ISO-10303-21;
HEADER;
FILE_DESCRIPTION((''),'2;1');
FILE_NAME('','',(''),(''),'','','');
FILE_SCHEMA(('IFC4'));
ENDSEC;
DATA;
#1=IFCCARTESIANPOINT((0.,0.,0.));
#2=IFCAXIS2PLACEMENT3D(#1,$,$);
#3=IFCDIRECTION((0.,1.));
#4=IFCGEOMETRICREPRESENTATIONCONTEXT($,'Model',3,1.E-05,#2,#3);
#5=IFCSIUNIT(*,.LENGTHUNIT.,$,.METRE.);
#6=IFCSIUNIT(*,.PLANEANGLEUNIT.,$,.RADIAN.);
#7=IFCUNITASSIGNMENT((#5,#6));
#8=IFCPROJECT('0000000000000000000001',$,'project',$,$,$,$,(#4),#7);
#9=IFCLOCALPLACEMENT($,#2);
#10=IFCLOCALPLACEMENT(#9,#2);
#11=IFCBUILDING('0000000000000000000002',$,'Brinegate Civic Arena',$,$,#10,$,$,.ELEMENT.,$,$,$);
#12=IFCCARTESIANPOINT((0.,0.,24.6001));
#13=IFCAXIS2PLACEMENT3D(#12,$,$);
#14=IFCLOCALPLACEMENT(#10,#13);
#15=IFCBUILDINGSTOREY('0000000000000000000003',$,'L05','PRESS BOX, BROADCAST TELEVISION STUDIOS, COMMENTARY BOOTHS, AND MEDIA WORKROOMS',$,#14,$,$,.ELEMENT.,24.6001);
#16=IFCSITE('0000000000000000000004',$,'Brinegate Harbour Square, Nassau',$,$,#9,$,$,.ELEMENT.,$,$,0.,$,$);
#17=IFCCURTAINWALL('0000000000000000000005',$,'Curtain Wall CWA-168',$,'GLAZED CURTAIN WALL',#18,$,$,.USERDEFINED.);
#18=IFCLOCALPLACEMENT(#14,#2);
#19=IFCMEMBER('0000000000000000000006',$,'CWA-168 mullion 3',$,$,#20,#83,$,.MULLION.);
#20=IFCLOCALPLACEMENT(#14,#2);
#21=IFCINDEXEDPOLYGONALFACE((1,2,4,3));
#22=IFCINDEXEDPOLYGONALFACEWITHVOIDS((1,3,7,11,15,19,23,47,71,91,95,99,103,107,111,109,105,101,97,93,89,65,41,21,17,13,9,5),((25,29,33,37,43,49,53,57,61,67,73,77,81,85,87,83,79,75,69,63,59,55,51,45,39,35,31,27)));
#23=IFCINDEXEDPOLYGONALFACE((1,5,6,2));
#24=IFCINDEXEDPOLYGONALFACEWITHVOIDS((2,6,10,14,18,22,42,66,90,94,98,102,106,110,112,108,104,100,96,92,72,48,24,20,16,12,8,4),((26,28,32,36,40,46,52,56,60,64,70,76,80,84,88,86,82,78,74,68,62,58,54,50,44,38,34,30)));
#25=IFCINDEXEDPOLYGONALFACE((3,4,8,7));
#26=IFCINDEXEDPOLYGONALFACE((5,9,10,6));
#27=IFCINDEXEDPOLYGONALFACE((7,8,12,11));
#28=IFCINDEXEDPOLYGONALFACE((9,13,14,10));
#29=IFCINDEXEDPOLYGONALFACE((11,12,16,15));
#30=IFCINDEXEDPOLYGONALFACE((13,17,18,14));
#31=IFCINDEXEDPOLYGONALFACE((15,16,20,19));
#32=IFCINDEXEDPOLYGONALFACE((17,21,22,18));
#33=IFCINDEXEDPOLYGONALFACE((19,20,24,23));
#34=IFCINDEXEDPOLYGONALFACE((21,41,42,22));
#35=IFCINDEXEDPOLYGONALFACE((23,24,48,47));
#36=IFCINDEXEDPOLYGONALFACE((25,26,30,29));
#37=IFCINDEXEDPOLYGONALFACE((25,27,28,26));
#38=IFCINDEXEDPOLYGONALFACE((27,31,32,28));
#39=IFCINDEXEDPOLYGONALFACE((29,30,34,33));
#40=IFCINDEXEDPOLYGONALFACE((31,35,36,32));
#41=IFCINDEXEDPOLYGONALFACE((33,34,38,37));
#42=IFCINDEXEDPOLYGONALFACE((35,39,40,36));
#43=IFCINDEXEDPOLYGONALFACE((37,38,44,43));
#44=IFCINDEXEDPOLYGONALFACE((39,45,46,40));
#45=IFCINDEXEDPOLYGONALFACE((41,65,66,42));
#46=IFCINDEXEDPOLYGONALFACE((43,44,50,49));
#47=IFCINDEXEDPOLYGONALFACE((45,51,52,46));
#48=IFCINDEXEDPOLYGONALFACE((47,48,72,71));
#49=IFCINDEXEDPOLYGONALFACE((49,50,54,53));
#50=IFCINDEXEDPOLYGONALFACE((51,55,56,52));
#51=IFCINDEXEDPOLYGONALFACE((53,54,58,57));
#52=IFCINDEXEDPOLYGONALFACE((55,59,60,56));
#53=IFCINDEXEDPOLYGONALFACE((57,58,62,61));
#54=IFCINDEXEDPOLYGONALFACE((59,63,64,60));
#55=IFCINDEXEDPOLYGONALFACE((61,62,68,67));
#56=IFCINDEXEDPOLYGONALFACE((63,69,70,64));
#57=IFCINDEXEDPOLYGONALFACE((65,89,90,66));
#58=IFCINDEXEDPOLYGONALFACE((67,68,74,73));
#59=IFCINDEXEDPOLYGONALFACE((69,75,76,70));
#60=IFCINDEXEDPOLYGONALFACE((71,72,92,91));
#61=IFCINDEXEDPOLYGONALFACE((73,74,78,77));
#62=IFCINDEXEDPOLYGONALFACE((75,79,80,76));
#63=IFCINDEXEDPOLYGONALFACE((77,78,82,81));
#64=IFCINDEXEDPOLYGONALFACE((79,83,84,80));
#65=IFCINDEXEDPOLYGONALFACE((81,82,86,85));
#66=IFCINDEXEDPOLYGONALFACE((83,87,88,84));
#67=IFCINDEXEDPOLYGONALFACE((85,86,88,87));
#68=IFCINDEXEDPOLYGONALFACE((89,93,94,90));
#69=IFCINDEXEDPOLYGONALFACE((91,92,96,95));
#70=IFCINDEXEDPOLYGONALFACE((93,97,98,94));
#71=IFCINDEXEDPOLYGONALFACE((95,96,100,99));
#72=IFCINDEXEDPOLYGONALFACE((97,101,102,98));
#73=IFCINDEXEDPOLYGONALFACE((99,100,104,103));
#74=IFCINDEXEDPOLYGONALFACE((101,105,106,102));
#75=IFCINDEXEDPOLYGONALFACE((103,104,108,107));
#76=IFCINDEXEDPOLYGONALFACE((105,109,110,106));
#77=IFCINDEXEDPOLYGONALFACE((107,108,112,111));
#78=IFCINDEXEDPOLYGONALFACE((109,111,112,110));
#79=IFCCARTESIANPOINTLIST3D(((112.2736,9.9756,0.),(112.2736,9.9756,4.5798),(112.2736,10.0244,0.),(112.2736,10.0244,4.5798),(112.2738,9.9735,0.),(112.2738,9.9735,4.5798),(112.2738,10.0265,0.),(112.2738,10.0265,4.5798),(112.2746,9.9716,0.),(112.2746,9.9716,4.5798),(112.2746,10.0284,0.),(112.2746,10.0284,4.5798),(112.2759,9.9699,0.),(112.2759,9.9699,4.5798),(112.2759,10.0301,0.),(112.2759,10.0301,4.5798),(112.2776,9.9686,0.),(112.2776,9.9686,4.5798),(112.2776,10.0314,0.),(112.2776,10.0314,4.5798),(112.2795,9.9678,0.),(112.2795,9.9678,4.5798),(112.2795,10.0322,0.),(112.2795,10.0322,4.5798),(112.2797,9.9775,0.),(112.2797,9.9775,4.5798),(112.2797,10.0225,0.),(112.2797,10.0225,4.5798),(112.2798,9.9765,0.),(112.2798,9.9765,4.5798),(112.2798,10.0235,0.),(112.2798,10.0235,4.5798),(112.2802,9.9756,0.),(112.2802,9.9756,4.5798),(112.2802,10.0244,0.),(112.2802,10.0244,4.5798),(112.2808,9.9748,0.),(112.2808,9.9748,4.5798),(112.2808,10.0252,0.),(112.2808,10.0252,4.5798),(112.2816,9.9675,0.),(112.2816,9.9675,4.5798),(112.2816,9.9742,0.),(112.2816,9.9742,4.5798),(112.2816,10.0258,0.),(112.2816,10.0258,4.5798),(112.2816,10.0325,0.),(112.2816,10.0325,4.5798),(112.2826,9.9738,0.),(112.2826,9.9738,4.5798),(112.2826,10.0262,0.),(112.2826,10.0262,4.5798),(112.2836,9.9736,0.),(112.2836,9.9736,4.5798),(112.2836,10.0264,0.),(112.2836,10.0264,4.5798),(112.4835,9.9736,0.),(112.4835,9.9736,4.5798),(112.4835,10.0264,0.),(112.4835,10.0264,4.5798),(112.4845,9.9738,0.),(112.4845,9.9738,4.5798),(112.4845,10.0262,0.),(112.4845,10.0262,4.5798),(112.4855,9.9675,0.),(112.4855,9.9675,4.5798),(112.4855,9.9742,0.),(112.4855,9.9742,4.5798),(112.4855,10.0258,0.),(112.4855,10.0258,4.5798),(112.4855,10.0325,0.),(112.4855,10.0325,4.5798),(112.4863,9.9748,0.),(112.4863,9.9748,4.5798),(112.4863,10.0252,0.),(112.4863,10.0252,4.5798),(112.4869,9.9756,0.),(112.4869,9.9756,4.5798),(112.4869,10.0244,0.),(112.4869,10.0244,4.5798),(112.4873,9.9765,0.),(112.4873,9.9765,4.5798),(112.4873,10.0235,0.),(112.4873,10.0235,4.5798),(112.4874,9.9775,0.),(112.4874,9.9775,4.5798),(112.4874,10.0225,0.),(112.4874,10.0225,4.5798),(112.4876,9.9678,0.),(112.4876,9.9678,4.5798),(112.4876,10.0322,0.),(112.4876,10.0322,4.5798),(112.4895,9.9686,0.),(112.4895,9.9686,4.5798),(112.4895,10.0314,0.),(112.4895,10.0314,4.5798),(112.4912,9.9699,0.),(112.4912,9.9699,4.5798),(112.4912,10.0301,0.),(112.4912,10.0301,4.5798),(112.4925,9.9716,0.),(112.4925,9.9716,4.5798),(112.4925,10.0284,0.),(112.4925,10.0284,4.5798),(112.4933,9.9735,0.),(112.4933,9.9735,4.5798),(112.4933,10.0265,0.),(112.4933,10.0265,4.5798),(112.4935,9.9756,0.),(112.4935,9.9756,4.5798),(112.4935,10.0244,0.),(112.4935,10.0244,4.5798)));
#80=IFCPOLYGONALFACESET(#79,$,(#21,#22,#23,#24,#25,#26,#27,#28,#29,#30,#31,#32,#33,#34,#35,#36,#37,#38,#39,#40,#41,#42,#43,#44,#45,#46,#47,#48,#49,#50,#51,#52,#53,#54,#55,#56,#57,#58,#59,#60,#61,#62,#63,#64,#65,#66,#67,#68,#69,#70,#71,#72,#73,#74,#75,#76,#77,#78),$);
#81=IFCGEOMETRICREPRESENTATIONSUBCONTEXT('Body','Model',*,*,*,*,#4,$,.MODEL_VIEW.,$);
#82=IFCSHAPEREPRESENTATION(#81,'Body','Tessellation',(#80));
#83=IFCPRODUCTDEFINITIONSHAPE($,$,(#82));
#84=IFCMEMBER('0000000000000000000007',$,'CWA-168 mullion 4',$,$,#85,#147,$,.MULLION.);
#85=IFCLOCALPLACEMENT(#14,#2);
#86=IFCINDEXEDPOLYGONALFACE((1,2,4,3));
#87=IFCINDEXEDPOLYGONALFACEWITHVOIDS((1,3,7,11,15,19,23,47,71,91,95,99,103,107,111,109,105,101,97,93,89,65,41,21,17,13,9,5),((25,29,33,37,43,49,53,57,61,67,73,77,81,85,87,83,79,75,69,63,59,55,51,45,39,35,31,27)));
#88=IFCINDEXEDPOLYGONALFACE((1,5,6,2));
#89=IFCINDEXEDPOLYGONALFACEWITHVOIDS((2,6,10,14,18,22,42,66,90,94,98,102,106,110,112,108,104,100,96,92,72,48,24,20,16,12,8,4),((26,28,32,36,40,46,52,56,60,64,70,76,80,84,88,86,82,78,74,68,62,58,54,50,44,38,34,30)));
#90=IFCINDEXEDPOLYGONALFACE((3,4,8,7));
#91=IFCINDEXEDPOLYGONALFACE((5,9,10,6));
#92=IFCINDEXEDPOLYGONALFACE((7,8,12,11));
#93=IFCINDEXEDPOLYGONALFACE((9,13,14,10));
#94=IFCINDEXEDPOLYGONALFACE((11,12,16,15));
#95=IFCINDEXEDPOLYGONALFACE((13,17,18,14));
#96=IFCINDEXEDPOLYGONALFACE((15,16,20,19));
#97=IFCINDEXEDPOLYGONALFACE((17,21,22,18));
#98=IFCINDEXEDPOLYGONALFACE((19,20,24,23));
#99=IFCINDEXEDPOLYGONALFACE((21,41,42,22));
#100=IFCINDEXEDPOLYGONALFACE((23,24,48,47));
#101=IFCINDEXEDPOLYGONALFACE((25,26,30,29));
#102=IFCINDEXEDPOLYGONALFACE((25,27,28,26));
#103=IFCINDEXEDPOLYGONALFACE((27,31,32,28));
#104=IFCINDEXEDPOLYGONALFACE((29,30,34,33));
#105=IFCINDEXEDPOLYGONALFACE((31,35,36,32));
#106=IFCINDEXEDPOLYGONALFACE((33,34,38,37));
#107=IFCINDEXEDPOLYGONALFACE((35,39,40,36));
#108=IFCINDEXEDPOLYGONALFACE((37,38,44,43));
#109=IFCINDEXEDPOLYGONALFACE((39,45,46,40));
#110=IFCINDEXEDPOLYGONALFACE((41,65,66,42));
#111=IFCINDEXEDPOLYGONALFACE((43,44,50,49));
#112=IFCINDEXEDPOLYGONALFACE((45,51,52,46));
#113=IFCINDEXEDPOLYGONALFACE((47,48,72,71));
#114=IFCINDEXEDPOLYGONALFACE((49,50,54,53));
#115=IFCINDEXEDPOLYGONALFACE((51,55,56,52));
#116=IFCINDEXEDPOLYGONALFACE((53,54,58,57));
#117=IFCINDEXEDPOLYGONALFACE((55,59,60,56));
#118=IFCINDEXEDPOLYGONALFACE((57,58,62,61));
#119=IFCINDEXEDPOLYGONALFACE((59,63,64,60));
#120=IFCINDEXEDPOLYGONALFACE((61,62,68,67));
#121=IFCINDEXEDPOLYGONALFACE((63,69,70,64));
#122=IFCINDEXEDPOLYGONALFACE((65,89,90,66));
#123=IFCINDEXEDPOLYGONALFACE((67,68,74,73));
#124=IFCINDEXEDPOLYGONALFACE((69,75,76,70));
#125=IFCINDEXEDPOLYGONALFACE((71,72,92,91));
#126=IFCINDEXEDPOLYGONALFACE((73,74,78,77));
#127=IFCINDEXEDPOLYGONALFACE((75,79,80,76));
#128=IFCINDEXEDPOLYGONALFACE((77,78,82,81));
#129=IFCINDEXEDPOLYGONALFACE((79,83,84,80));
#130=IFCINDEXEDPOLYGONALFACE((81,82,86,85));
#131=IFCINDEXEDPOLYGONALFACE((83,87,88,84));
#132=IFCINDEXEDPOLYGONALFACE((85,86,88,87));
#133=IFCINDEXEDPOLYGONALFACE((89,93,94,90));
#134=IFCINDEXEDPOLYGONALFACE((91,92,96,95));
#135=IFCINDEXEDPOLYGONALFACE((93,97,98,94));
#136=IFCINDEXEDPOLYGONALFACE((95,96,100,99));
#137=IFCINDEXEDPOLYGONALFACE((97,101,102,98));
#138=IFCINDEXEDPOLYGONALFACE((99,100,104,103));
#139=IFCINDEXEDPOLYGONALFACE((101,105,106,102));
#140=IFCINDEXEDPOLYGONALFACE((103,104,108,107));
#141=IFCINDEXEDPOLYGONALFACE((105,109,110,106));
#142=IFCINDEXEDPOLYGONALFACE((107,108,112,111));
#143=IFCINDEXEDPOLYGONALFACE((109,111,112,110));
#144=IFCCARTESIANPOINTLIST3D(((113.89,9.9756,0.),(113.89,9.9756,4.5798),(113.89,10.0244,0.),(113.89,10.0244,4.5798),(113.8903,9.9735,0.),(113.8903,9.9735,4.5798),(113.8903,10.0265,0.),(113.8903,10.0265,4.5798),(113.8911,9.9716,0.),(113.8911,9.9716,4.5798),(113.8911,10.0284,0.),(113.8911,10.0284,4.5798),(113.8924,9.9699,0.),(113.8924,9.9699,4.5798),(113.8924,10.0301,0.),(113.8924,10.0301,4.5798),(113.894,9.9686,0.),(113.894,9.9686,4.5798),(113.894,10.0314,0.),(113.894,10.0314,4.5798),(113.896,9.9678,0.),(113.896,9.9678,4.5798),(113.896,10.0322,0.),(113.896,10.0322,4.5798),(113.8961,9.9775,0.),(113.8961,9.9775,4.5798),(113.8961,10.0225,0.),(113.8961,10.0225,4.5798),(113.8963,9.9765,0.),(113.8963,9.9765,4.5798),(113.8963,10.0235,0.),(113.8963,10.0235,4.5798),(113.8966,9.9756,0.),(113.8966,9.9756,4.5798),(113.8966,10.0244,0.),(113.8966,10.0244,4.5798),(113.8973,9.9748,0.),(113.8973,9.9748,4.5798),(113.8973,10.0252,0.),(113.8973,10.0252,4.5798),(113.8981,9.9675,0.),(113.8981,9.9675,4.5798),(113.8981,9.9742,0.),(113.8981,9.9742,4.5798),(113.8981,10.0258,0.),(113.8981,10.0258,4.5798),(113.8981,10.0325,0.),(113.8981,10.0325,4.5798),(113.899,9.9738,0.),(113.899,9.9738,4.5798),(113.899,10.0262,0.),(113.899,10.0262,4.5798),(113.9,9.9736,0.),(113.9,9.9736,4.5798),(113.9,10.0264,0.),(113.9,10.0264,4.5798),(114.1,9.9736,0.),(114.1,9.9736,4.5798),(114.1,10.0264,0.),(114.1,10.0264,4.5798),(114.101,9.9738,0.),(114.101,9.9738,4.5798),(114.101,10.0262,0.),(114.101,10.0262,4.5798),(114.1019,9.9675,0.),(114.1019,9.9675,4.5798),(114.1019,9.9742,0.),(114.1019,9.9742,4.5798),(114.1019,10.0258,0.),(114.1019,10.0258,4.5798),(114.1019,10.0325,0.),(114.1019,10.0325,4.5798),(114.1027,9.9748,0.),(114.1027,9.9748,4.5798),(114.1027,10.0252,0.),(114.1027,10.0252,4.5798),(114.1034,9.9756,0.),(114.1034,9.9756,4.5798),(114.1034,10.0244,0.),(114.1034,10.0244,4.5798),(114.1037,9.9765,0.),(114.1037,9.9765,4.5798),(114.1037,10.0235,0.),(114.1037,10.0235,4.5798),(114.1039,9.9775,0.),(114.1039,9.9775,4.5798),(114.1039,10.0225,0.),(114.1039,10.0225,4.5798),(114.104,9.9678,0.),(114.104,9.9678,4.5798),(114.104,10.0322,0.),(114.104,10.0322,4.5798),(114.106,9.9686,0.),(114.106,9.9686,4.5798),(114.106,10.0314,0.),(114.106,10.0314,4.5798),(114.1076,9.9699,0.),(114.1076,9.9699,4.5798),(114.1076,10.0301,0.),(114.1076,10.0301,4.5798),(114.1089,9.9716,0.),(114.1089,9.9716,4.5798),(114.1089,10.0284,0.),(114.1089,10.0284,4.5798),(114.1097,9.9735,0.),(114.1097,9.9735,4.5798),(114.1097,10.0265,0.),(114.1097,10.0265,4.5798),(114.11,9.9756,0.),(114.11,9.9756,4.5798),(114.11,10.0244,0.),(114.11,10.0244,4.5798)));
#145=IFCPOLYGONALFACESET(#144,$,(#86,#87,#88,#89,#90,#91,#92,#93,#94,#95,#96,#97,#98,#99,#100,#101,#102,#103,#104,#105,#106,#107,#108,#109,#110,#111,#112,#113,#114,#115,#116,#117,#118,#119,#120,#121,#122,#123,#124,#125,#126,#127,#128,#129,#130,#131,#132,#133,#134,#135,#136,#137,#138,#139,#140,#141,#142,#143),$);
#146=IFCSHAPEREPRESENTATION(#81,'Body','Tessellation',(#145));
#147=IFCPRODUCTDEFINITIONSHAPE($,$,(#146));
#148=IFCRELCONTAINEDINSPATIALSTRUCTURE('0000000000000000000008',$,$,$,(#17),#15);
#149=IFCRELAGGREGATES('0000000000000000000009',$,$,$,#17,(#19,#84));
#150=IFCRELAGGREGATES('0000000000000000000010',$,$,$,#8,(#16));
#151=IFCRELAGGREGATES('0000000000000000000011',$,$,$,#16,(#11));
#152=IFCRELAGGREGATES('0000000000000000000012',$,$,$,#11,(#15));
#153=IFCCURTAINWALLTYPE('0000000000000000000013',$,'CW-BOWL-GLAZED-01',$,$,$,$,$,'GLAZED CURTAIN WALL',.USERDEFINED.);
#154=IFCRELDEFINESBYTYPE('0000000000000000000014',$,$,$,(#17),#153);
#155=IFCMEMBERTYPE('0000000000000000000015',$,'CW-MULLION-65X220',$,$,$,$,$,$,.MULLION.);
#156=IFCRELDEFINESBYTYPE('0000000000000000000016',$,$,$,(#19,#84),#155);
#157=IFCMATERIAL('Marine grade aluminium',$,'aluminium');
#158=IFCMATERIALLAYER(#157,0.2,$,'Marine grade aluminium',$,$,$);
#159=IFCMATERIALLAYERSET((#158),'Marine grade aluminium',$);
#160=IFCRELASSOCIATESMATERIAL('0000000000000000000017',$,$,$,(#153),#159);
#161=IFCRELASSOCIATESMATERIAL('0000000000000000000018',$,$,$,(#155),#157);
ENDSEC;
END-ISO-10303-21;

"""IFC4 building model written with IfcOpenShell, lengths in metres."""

from ifc_helpers import new_model, si_unit, direction, frame, origin, origin_2d, place, context, subcontext, project, spatial, hollow_rectangle, extrude, material, layer, layer_set, material_profile, profile_set, type_object, element, aggregate, save


model = new_model("IFC4")

# Units and contexts
model_context = context("Model", 3, precision=1e-05, world=origin(), true_north=direction((0.0, 1.0)))
body_context = subcontext(model_context, "Body", "Model", "MODEL_VIEW")
ifc_project = project(units=[si_unit("LENGTHUNIT", "METRE"), si_unit("PLANEANGLEUNIT", "RADIAN")], contexts=[model_context])

# Site, building, storey
site_placement = place(None, origin())
site = spatial("IfcSite", under=ifc_project, at=site_placement, Name="Brinegate Harbour Square, Nassau", CompositionType="ELEMENT", RefElevation=0.0)
building_placement = place(site_placement, origin())
building = spatial("IfcBuilding", under=site, at=building_placement, Name="Brinegate Civic Arena", CompositionType="ELEMENT")
storey_placement = place(building_placement, frame((0.0, 0.0, 24.6001)))
storey = spatial("IfcBuildingStorey", under=building, at=storey_placement, Name="L05", Description="PRESS BOX, BROADCAST TELEVISION STUDIOS, COMMENTARY BOOTHS, AND MEDIA WORKROOMS", CompositionType="ELEMENT", Elevation=24.6001)

# Curtain wall, members
ifc_material_1 = material(Name="Marine grade aluminium", Category="aluminium")
ifc_layer_1 = layer(ifc_material_1, 0.2, Name="Marine grade aluminium")
ifc_layer_set_1 = layer_set([ifc_layer_1], Name="Marine grade aluminium")
curtain_wall_type = type_object("IfcCurtainWallType", Name="CW-BOWL-GLAZED-01", ElementType="GLAZED CURTAIN WALL", PredefinedType="USERDEFINED", material=ifc_layer_set_1)
curtain_wall_placement = place(storey_placement, origin())
curtain_wall = element("IfcCurtainWall", 1, at=curtain_wall_placement, inside=storey, type_object=curtain_wall_type, Name="Curtain Wall CWA-168", ObjectType="GLAZED CURTAIN WALL", PredefinedType="USERDEFINED")
ifc_material_profile_1 = material_profile(ifc_material_1, hollow_rectangle(XDim=0.0649, YDim=0.22, WallThickness=0.0061, InnerFilletRadius=0.0039, OuterFilletRadius=0.0081, at=origin_2d()), Name="MUL65X220")
ifc_profile_set_1 = profile_set([ifc_material_profile_1], Name="Marine grade aluminium")
member_type_1 = type_object("IfcMemberType", Name="CW-MULLION-65X220", PredefinedType="MULLION", material=ifc_profile_set_1)
member_1_placement = place(storey_placement, frame((112.3835, 10.0, 0.0), z_axis=(0.0, 0.0, 1.0), x_axis=(0.0, 1.0, 0.0)))
member_1 = element("IfcMember", 2, at=member_1_placement, type_object=member_type_1, Name="CWA-168 mullion 3", PredefinedType="MULLION", context=body_context, shape_type="SweptSolid", body=[
    extrude(hollow_rectangle(XDim=0.0649, YDim=0.22, WallThickness=0.0061, InnerFilletRadius=0.0039, OuterFilletRadius=0.0081, at=origin_2d()), origin(), (0.0, 0.0, 1.0), 4.5798),
])
member_2_placement = place(storey_placement, frame((114.0, 10.0, 0.0), z_axis=(0.0, 0.0, 1.0), x_axis=(0.0, 1.0, 0.0)))
member_2 = element("IfcMember", 3, at=member_2_placement, type_object=member_type_1, Name="CWA-168 mullion 4", PredefinedType="MULLION", context=body_context, shape_type="SweptSolid", body=[
    extrude(hollow_rectangle(XDim=0.0649, YDim=0.22, WallThickness=0.0061, InnerFilletRadius=0.0039, OuterFilletRadius=0.0081, at=origin_2d()), origin(), (0.0, 0.0, 1.0), 4.5798),
])

aggregate(curtain_wall, [member_1, member_2])

save(model, "model.ifc")
